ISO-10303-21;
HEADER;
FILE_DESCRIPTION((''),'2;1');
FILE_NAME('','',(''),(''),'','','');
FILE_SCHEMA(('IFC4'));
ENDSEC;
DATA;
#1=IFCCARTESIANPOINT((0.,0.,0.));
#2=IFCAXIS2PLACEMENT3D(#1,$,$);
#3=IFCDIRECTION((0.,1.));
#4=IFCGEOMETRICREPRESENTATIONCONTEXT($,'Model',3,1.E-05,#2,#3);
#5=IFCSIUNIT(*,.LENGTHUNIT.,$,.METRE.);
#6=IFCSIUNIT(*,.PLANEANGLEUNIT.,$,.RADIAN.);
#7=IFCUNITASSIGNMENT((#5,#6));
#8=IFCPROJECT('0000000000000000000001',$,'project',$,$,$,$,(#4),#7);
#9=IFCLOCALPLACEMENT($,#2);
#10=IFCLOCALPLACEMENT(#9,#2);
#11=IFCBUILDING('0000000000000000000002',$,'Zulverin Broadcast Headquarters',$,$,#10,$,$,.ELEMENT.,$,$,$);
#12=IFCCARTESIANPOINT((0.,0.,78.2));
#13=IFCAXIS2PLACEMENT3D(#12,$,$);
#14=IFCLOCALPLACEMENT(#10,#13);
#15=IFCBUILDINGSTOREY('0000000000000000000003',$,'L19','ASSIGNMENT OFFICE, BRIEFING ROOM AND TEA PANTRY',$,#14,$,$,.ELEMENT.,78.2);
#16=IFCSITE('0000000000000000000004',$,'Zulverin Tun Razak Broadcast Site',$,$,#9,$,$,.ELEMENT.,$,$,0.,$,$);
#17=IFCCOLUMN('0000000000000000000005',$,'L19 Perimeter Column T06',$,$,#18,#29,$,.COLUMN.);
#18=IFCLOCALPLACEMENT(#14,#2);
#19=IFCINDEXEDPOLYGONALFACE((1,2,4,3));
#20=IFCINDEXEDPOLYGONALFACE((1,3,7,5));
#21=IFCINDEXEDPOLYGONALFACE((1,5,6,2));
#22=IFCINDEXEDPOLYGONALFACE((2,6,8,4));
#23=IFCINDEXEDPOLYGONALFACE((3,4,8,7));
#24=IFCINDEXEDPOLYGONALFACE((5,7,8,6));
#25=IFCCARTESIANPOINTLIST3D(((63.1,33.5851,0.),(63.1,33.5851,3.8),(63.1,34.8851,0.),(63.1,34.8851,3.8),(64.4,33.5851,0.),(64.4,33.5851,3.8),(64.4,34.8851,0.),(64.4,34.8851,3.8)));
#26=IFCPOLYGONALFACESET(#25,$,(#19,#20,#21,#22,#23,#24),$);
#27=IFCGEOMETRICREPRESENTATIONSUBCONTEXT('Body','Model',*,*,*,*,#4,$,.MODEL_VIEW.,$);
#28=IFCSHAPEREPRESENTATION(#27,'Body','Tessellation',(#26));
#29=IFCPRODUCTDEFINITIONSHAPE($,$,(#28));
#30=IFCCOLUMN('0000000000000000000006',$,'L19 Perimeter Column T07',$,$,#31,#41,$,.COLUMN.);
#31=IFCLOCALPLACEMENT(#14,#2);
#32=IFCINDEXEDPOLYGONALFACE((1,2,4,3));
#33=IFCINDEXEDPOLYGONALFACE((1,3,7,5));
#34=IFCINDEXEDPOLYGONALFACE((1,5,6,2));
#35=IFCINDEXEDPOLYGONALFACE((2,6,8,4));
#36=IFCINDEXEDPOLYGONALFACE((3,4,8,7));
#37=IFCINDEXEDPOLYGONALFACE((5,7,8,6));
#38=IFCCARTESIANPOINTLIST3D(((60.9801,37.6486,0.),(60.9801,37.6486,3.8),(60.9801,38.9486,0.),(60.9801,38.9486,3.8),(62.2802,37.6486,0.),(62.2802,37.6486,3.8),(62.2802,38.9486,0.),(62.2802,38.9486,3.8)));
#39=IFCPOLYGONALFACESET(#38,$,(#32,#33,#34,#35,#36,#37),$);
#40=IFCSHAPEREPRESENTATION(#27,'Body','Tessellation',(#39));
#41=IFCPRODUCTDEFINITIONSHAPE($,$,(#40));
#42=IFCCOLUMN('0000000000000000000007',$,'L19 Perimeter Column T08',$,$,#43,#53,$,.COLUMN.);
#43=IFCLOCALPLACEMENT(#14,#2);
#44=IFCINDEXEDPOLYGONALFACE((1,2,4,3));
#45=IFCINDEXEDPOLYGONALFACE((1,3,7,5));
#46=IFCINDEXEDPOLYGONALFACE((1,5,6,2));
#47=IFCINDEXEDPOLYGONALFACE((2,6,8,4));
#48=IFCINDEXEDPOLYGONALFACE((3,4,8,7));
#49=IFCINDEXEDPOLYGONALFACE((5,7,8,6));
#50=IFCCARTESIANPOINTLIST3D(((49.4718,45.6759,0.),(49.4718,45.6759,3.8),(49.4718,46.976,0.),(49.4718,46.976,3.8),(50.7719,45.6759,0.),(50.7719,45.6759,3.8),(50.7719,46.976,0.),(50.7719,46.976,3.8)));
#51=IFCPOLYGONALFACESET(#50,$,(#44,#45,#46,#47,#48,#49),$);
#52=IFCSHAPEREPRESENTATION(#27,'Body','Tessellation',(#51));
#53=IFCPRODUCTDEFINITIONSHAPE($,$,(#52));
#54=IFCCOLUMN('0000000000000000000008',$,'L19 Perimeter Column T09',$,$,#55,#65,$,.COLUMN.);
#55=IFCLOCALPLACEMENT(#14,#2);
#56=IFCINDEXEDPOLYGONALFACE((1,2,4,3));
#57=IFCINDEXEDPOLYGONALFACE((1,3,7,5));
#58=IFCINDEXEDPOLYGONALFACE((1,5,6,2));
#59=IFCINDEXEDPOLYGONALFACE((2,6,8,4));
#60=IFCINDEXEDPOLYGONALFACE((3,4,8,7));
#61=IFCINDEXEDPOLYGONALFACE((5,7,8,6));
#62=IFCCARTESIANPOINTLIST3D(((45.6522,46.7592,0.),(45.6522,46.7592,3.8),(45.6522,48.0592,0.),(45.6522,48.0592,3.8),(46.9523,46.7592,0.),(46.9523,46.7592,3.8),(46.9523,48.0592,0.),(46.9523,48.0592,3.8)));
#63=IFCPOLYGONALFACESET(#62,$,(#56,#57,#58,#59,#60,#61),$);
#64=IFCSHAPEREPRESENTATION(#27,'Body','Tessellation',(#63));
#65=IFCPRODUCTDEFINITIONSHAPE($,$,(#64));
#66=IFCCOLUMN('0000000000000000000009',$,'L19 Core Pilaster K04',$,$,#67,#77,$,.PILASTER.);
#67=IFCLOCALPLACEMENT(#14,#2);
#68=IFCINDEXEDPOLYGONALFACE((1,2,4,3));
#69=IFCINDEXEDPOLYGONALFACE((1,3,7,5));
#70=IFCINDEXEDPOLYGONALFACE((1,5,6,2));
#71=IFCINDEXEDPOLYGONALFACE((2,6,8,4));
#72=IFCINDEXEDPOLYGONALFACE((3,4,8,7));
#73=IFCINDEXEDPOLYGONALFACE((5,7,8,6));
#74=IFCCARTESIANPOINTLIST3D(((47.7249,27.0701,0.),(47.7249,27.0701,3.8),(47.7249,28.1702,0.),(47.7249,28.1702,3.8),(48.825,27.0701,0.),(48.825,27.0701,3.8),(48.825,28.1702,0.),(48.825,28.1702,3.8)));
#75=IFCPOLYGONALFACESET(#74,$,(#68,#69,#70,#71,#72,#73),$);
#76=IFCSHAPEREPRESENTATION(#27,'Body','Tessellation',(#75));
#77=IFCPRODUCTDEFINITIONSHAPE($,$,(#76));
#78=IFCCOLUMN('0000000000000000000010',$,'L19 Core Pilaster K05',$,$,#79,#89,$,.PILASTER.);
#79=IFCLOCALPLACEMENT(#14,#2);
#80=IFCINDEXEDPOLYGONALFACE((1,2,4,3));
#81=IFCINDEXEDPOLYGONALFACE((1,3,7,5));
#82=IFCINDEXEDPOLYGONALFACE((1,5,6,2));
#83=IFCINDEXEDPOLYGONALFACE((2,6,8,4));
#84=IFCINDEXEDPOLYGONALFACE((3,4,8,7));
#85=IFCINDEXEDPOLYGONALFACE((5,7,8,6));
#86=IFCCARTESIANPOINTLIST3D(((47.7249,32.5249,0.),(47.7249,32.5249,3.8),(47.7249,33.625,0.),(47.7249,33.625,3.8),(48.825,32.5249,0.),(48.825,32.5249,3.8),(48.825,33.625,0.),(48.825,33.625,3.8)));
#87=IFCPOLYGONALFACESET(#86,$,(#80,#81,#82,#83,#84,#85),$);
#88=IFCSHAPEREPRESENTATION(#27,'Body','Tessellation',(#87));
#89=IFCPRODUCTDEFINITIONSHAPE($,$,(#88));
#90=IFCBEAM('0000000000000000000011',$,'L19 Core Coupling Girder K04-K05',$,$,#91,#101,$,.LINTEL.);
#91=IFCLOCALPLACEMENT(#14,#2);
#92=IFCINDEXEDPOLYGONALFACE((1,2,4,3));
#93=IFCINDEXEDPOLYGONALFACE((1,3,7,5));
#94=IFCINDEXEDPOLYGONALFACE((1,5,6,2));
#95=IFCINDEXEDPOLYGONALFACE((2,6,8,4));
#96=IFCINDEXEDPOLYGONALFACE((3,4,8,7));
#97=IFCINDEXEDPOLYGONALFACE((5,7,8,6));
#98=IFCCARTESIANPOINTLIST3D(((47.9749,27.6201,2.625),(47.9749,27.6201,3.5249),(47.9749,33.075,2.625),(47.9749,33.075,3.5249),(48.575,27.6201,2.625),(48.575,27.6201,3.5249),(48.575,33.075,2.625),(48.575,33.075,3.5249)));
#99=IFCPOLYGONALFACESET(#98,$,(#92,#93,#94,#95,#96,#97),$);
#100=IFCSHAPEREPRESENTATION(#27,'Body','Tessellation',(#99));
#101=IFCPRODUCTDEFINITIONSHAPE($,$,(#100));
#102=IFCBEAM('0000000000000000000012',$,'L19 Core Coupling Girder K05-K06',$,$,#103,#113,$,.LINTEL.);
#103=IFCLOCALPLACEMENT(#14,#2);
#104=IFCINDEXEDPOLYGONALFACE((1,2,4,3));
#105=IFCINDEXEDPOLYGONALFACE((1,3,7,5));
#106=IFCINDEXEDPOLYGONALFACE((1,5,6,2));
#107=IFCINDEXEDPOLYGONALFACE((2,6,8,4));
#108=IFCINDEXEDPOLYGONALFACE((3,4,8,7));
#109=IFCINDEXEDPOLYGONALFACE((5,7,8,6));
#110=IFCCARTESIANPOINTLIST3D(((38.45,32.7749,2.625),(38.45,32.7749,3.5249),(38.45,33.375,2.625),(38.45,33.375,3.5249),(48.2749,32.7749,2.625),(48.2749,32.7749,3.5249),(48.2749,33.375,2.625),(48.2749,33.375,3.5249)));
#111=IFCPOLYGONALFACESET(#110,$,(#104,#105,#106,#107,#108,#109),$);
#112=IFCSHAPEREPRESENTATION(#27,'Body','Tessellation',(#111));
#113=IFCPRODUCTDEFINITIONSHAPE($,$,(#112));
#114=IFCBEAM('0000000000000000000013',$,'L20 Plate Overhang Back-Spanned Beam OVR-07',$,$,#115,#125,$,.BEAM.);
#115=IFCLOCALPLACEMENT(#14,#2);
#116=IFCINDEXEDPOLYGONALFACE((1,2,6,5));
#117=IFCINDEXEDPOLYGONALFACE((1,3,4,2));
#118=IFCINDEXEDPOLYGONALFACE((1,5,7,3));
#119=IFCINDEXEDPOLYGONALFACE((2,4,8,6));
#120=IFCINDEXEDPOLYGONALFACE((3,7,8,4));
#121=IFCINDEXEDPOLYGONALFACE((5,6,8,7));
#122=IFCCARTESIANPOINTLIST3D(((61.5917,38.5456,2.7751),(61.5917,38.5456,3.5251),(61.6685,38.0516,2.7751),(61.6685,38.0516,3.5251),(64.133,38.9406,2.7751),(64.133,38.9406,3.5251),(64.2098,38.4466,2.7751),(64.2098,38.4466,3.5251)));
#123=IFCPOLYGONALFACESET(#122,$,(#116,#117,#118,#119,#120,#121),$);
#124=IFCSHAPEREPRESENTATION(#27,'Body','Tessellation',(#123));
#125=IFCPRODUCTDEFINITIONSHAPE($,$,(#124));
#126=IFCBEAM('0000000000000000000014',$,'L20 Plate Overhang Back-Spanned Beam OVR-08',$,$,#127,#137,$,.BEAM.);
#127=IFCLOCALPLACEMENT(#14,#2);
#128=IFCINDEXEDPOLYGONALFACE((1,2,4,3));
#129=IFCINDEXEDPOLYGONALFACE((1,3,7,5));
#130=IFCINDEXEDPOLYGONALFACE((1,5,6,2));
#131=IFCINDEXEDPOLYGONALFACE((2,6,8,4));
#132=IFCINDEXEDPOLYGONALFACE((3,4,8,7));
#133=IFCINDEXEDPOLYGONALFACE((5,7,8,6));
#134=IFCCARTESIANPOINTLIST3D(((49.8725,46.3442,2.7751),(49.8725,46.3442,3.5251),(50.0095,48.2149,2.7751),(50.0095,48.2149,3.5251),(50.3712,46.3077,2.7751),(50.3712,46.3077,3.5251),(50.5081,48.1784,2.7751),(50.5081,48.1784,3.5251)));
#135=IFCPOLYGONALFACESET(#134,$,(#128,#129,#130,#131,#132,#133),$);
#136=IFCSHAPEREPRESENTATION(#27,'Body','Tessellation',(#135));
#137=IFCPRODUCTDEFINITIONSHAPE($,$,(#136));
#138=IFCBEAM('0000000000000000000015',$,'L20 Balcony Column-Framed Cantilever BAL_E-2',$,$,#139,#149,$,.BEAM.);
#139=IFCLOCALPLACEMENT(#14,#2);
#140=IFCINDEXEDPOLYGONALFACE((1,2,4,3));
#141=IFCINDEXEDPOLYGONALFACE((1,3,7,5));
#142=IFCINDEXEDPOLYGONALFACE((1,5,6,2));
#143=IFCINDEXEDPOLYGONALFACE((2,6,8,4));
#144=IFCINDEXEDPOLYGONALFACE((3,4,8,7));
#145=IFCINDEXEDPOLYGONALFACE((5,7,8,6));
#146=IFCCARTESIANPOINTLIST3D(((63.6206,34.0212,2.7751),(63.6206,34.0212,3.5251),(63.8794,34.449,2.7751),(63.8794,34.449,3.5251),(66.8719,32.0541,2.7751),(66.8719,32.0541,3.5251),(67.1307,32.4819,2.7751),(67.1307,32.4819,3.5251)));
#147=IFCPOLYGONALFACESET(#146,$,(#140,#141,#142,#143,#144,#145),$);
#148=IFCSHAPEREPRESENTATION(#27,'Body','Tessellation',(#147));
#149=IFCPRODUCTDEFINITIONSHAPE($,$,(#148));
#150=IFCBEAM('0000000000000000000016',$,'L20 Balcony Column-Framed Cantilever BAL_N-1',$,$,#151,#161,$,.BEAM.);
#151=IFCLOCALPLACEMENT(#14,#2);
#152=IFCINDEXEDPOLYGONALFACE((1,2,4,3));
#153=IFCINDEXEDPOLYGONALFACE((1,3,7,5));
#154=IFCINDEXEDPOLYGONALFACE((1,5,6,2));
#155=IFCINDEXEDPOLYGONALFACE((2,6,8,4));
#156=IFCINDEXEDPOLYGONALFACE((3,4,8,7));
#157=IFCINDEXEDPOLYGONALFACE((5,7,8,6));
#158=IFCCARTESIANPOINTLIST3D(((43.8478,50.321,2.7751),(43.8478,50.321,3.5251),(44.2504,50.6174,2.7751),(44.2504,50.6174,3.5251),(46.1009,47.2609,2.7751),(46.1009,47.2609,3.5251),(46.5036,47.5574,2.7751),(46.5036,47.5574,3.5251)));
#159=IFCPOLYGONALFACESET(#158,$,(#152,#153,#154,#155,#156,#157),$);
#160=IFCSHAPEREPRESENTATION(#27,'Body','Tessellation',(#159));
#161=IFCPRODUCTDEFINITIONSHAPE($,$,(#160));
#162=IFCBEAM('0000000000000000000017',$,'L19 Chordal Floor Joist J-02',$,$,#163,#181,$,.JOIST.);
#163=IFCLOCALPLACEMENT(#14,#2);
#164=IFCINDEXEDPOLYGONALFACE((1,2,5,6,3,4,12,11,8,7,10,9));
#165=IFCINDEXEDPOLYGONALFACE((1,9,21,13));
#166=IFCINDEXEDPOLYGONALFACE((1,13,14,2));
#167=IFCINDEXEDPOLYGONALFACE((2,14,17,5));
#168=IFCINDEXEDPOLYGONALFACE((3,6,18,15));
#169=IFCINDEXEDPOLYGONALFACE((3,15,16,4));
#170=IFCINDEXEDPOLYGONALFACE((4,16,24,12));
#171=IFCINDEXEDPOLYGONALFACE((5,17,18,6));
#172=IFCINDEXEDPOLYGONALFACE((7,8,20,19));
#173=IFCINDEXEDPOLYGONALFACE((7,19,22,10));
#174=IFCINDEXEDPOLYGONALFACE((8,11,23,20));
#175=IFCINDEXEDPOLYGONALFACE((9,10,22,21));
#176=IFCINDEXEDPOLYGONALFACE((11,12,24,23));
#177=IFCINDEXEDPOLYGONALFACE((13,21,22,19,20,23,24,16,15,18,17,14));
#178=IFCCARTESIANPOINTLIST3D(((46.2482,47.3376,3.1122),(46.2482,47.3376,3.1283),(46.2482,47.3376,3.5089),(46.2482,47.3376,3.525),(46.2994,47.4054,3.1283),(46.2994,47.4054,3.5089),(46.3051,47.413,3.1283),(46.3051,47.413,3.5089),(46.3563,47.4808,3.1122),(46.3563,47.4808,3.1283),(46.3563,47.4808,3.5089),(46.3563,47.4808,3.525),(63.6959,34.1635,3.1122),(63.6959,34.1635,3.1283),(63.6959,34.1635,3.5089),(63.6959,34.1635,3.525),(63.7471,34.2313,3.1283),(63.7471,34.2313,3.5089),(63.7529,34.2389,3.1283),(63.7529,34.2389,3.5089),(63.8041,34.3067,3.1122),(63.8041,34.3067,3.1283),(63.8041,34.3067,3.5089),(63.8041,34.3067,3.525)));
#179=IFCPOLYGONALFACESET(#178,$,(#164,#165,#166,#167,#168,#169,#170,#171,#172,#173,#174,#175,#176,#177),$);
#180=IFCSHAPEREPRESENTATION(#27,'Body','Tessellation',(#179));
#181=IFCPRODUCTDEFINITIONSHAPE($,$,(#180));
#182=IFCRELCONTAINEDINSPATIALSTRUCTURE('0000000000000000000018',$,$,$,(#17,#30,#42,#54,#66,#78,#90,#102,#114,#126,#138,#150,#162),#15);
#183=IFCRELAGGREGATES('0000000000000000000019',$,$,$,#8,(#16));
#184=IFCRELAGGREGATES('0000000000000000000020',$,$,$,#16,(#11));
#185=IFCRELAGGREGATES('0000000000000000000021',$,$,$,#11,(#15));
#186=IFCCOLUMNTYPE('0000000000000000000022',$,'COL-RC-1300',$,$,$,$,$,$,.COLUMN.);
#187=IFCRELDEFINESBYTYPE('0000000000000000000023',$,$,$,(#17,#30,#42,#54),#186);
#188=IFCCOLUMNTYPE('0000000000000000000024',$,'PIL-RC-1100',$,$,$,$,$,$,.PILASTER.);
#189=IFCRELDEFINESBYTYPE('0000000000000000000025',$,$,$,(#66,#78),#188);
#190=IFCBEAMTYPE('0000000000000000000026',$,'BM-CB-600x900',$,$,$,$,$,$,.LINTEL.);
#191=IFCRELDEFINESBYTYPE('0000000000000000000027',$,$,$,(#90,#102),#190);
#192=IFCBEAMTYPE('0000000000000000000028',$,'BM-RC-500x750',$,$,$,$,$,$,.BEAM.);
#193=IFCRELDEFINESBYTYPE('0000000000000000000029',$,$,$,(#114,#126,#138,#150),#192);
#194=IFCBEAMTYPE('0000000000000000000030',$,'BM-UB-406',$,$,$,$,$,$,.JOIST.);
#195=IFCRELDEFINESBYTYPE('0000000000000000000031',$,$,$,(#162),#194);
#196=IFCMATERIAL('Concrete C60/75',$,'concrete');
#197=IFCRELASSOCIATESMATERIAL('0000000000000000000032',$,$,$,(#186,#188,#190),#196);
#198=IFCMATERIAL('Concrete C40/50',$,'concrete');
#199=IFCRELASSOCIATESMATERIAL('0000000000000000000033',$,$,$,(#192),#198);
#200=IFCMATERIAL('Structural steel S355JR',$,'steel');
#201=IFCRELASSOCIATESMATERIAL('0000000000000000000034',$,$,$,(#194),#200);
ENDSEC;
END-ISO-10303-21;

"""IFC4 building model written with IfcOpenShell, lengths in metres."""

from ifc_helpers import new_model, si_unit, direction, frame, origin, origin_2d, place, context, subcontext, project, spatial, rectangle, i_section, extrude, material, material_profile, profile_set, type_object, element, save


model = new_model("IFC4")

# Units and contexts
model_context = context("Model", 3, precision=1e-05, world=origin(), true_north=direction((0.0, 1.0)))
body_context = subcontext(model_context, "Body", "Model", "MODEL_VIEW")
ifc_project = project(units=[si_unit("LENGTHUNIT", "METRE"), si_unit("PLANEANGLEUNIT", "RADIAN")], contexts=[model_context])

# Site, building, storey
site_placement = place(None, origin())
site = spatial("IfcSite", under=ifc_project, at=site_placement, Name="Zulverin Tun Razak Broadcast Site", CompositionType="ELEMENT", RefElevation=0.0)
building_placement = place(site_placement, origin())
building = spatial("IfcBuilding", under=site, at=building_placement, Name="Zulverin Broadcast Headquarters", CompositionType="ELEMENT")
storey_placement = place(building_placement, frame((0.0, 0.0, 78.2)))
storey = spatial("IfcBuildingStorey", under=building, at=storey_placement, Name="L19", Description="ASSIGNMENT OFFICE, BRIEFING ROOM AND TEA PANTRY", CompositionType="ELEMENT", Elevation=78.2)

# Columns
ifc_material_1 = material(Name="Concrete C60/75", Category="concrete")
ifc_material_profile_1 = material_profile(ifc_material_1, rectangle(XDim=1.3, YDim=1.3, at=origin_2d()), Name="Concrete C60/75", Category="concrete")
ifc_profile_set_1 = profile_set([ifc_material_profile_1], Name="Concrete C60/75")
column_type_1 = type_object("IfcColumnType", Name="COL-RC-1300", PredefinedType="COLUMN", material=ifc_profile_set_1)
for number, where, z_axis, x_axis, name in (
    (1, (63.75, 34.2351, 0.0), (0.0, 0.0, 1.0), (1.0, 0.0, 0.0), "L19 Perimeter Column T06"),
    (2, (61.6301, 38.2986, 0.0), (0.0, 0.0, 1.0), (1.0, 0.0, 0.0), "L19 Perimeter Column T07"),
    (3, (50.1218, 46.3259, 0.0), (0.0, 0.0, 1.0), (1.0, 0.0, 0.0), "L19 Perimeter Column T08"),
    (4, (46.3022, 47.4092, 0.0), (0.0, 0.0, 1.0), (1.0, 0.0, 0.0), "L19 Perimeter Column T09"),
):
    element("IfcColumn", number, at=place(storey_placement, frame(where, z_axis=z_axis, x_axis=x_axis)), inside=storey, type_object=column_type_1, Name=name, PredefinedType="COLUMN", context=body_context, shape_type="SweptSolid", body=[
        extrude(rectangle(XDim=1.3, YDim=1.3, at=origin_2d()), origin(), (0.0, 0.0, 1.0), 3.8),
    ])
ifc_material_profile_2 = material_profile(ifc_material_1, rectangle(XDim=1.1001, YDim=1.1001, at=origin_2d()), Name="Concrete C60/75", Category="concrete")
ifc_profile_set_2 = profile_set([ifc_material_profile_2], Name="Concrete C60/75")
column_type_2 = type_object("IfcColumnType", Name="PIL-RC-1100", PredefinedType="PILASTER", material=ifc_profile_set_2)
for number, where, z_axis, x_axis, name in (
    (5, (48.2749, 27.6201, 0.0), (0.0, 0.0, 1.0), (1.0, 0.0, 0.0), "L19 Core Pilaster K04"),
    (6, (48.2749, 33.075, 0.0), (0.0, 0.0, 1.0), (1.0, 0.0, 0.0), "L19 Core Pilaster K05"),
):
    element("IfcColumn", number, at=place(storey_placement, frame(where, z_axis=z_axis, x_axis=x_axis)), inside=storey, type_object=column_type_2, Name=name, PredefinedType="PILASTER", context=body_context, shape_type="SweptSolid", body=[
        extrude(rectangle(XDim=1.1001, YDim=1.1001, at=origin_2d()), origin(), (0.0, 0.0, 1.0), 3.8),
    ])

# Beams
ifc_material_profile_3 = material_profile(ifc_material_1, rectangle(XDim=0.6001, YDim=0.8999, at=origin_2d()), Name="Concrete C60/75", Category="concrete")
ifc_profile_set_3 = profile_set([ifc_material_profile_3], Name="Concrete C60/75")
beam_type_1 = type_object("IfcBeamType", Name="BM-CB-600x900", PredefinedType="LINTEL", material=ifc_profile_set_3)
beam_1_placement = place(storey_placement, frame((48.2749, 27.6201, 3.075), z_axis=(0.0, 1.0, 0.0), x_axis=(-1.0, 0.0, 0.0)))
element("IfcBeam", 7, at=beam_1_placement, inside=storey, type_object=beam_type_1, Name="L19 Core Coupling Girder K04-K05", PredefinedType="LINTEL", context=body_context, shape_type="SweptSolid", body=[
    extrude(rectangle(XDim=0.6001, YDim=0.8999, at=origin_2d()), origin(), (0.0, 0.0, 1.0), 5.4548),
])
beam_2_placement = place(storey_placement, frame((48.2749, 33.075, 3.075), z_axis=(-1.0, 0.0, 0.0), x_axis=(0.0, -1.0, 0.0)))
element("IfcBeam", 8, at=beam_2_placement, inside=storey, type_object=beam_type_1, Name="L19 Core Coupling Girder K05-K06", PredefinedType="LINTEL", context=body_context, shape_type="SweptSolid", body=[
    extrude(rectangle(XDim=0.6001, YDim=0.8999, at=origin_2d()), origin(), (0.0, 0.0, 1.0), 9.825),
])
ifc_material_2 = material(Name="Concrete C40/50", Category="concrete")
ifc_material_profile_4 = material_profile(ifc_material_2, rectangle(XDim=0.5, YDim=0.75, at=origin_2d()), Name="Concrete C40/50", Category="concrete")
ifc_profile_set_4 = profile_set([ifc_material_profile_4], Name="Concrete C40/50")
beam_type_2 = type_object("IfcBeamType", Name="BM-RC-500x750", PredefinedType="BEAM", material=ifc_profile_set_4)
beam_3_placement = place(storey_placement, frame((61.6301, 38.2986, 3.1501), z_axis=(0.988133, 0.153598, 0.0), x_axis=(-0.153598, 0.988133, 0.0)))
element("IfcBeam", 9, at=beam_3_placement, inside=storey, type_object=beam_type_2, Name="L20 Plate Overhang Back-Spanned Beam OVR-07", PredefinedType="BEAM", context=body_context, shape_type="SweptSolid", body=[
    extrude(rectangle(XDim=0.5, YDim=0.75, at=origin_2d()), origin(), (0.0, 0.0, 1.0), 2.5718),
])
beam_4_placement = place(storey_placement, frame((50.1218, 46.3259, 3.1501), z_axis=(0.073023, 0.99733, 0.0), x_axis=(-0.99733, 0.073023, 0.0)))
element("IfcBeam", 10, at=beam_4_placement, inside=storey, type_object=beam_type_2, Name="L20 Plate Overhang Back-Spanned Beam OVR-08", PredefinedType="BEAM", context=body_context, shape_type="SweptSolid", body=[
    extrude(rectangle(XDim=0.5, YDim=0.75, at=origin_2d()), origin(), (0.0, 0.0, 1.0), 1.8757),
])
for number, where, z_axis, x_axis, name in (
    (11, (63.75, 34.2351, 3.1501), (0.855594, -0.517648, 0.0), (0.517648, 0.855594, 0.0), "L20 Balcony Column-Framed Cantilever BAL_E-2"),
    (12, (46.3022, 47.4092, 3.1501), (-0.592925, 0.805258, 0.0), (-0.805258, -0.592925, 0.0), "L20 Balcony Column-Framed Cantilever BAL_N-1"),
):
    element("IfcBeam", number, at=place(storey_placement, frame(where, z_axis=z_axis, x_axis=x_axis)), inside=storey, type_object=beam_type_2, Name=name, PredefinedType="BEAM", context=body_context, shape_type="SweptSolid", body=[
        extrude(rectangle(XDim=0.5, YDim=0.75, at=origin_2d()), origin(), (0.0, 0.0, 1.0), 3.8),
    ])
ifc_material_3 = material(Name="Structural steel S355JR", Category="steel")
ifc_material_profile_5 = material_profile(ifc_material_3, i_section(OverallWidth=0.1794, OverallDepth=0.4128, WebThickness=0.0095, FlangeThickness=0.0161, at=origin_2d()), Name="Structural steel S355JR", Category="steel")
ifc_profile_set_5 = profile_set([ifc_material_profile_5], Name="Structural steel S355JR")
beam_type_3 = type_object("IfcBeamType", Name="BM-UB-406", PredefinedType="JOIST", material=ifc_profile_set_5)
beam_5_placement = place(storey_placement, frame((63.75, 34.2351, 3.3186), z_axis=(-0.798058, 0.60258, 0.0), x_axis=(-0.60258, -0.798058, 0.0)))
element("IfcBeam", 13, at=beam_5_placement, inside=storey, type_object=beam_type_3, Name="L19 Chordal Floor Joist J-02", PredefinedType="JOIST", context=body_context, shape_type="SweptSolid", body=[
    extrude(i_section(OverallWidth=0.1794, OverallDepth=0.4128, WebThickness=0.0095, FlangeThickness=0.0161, at=origin_2d()), origin(), (0.0, 0.0, 1.0), 21.8628),
])

save(model, "model.ifc")
